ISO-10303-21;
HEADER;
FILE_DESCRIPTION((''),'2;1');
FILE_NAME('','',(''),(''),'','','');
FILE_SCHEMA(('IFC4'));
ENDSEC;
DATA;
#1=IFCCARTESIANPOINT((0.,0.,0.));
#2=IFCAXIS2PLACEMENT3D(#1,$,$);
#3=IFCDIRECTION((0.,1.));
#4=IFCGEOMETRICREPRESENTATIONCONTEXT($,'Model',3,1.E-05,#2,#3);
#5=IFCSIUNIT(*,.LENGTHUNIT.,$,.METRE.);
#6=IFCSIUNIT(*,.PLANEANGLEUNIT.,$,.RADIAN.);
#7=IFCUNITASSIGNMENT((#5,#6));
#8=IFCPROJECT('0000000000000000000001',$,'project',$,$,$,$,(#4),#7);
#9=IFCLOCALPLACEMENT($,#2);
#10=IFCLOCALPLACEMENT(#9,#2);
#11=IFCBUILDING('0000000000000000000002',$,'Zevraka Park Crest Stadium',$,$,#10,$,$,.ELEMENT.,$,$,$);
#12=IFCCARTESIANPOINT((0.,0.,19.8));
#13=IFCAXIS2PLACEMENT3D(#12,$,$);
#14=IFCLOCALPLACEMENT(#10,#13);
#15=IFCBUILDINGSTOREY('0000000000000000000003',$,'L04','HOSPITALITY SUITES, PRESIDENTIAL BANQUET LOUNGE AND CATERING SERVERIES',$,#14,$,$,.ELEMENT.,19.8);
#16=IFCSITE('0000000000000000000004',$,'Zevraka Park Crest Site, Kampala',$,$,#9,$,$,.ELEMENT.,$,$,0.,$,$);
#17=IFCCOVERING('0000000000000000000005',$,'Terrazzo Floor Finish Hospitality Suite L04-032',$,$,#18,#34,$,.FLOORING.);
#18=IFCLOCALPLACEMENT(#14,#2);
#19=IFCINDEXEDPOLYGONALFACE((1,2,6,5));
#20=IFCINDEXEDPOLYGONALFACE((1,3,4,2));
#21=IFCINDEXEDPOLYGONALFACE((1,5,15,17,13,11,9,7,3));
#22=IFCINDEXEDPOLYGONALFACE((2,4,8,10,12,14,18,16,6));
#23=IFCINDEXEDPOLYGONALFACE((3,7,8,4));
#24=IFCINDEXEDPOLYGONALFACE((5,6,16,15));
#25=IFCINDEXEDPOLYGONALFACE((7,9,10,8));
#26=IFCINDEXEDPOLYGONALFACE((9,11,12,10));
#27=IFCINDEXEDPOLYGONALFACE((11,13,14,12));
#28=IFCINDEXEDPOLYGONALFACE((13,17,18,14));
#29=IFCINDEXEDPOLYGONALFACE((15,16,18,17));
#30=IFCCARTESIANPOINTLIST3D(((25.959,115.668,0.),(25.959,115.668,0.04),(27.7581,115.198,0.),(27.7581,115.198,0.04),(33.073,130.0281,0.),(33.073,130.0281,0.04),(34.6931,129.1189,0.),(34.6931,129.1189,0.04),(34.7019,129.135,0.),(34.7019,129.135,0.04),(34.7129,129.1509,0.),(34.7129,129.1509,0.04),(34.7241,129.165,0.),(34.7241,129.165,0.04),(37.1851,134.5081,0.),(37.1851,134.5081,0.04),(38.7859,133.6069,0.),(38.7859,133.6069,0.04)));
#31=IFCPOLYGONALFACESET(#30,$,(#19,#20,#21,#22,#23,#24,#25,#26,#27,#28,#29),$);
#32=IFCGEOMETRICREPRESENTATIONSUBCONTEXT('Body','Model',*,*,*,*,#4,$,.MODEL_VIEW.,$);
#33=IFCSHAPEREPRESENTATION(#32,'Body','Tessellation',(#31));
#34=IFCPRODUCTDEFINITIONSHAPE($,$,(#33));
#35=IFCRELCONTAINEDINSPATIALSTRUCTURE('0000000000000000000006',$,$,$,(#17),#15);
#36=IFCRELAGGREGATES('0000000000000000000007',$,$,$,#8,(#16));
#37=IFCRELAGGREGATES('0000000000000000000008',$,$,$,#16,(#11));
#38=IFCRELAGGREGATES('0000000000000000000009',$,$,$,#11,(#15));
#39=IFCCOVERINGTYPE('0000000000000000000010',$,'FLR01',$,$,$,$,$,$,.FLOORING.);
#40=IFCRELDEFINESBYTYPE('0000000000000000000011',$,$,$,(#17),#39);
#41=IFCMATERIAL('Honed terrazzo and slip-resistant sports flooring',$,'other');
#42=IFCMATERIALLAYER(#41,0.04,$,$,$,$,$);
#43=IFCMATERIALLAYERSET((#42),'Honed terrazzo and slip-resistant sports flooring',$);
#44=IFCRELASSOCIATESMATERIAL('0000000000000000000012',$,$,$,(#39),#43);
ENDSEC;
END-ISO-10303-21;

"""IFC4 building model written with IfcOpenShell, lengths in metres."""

from ifc_helpers import new_model, si_unit, direction, frame, origin, place, context, subcontext, project, spatial, polyline, outline, extrude, material, layer, layer_set, type_object, element, save


model = new_model("IFC4")

# Units and contexts
model_context = context("Model", 3, precision=1e-05, world=origin(), true_north=direction((0.0, 1.0)))
body_context = subcontext(model_context, "Body", "Model", "MODEL_VIEW")
ifc_project = project(units=[si_unit("LENGTHUNIT", "METRE"), si_unit("PLANEANGLEUNIT", "RADIAN")], contexts=[model_context])

# Site, building, storey
site_placement = place(None, origin())
site = spatial("IfcSite", under=ifc_project, at=site_placement, Name="Zevraka Park Crest Site, Kampala", CompositionType="ELEMENT", RefElevation=0.0)
building_placement = place(site_placement, origin())
building = spatial("IfcBuilding", under=site, at=building_placement, Name="Zevraka Park Crest Stadium", CompositionType="ELEMENT")
storey_placement = place(building_placement, frame((0.0, 0.0, 19.8)))
storey = spatial("IfcBuildingStorey", under=building, at=storey_placement, Name="L04", Description="HOSPITALITY SUITES, PRESIDENTIAL BANQUET LOUNGE AND CATERING SERVERIES", CompositionType="ELEMENT", Elevation=19.8)

# Covering
ifc_material_1 = material(Name="Honed terrazzo and slip-resistant sports flooring", Category="other")
ifc_layer_1 = layer(ifc_material_1, 0.04)
ifc_layer_set_1 = layer_set([ifc_layer_1], Name="Honed terrazzo and slip-resistant sports flooring")
covering_type = type_object("IfcCoveringType", Name="FLR01", PredefinedType="FLOORING", material=ifc_layer_set_1)
covering_1_placement = place(storey_placement, origin())
element("IfcCovering", 1, at=covering_1_placement, inside=storey, type_object=covering_type, Name="Terrazzo Floor Finish Hospitality Suite L04-032", PredefinedType="FLOORING", context=body_context, shape_type="SweptSolid", body=[
    extrude(outline(polyline([(25.959, 115.668), (33.073, 130.0281), (37.1851, 134.5081), (38.7859, 133.6069), (34.7241, 129.165), (34.7129, 129.1509), (34.7019, 129.135), (34.6931, 129.1189), (27.7581, 115.198), (25.959, 115.668)])), origin(), (0.0, 0.0, 1.0), 0.04),
])

save(model, "model.ifc")
